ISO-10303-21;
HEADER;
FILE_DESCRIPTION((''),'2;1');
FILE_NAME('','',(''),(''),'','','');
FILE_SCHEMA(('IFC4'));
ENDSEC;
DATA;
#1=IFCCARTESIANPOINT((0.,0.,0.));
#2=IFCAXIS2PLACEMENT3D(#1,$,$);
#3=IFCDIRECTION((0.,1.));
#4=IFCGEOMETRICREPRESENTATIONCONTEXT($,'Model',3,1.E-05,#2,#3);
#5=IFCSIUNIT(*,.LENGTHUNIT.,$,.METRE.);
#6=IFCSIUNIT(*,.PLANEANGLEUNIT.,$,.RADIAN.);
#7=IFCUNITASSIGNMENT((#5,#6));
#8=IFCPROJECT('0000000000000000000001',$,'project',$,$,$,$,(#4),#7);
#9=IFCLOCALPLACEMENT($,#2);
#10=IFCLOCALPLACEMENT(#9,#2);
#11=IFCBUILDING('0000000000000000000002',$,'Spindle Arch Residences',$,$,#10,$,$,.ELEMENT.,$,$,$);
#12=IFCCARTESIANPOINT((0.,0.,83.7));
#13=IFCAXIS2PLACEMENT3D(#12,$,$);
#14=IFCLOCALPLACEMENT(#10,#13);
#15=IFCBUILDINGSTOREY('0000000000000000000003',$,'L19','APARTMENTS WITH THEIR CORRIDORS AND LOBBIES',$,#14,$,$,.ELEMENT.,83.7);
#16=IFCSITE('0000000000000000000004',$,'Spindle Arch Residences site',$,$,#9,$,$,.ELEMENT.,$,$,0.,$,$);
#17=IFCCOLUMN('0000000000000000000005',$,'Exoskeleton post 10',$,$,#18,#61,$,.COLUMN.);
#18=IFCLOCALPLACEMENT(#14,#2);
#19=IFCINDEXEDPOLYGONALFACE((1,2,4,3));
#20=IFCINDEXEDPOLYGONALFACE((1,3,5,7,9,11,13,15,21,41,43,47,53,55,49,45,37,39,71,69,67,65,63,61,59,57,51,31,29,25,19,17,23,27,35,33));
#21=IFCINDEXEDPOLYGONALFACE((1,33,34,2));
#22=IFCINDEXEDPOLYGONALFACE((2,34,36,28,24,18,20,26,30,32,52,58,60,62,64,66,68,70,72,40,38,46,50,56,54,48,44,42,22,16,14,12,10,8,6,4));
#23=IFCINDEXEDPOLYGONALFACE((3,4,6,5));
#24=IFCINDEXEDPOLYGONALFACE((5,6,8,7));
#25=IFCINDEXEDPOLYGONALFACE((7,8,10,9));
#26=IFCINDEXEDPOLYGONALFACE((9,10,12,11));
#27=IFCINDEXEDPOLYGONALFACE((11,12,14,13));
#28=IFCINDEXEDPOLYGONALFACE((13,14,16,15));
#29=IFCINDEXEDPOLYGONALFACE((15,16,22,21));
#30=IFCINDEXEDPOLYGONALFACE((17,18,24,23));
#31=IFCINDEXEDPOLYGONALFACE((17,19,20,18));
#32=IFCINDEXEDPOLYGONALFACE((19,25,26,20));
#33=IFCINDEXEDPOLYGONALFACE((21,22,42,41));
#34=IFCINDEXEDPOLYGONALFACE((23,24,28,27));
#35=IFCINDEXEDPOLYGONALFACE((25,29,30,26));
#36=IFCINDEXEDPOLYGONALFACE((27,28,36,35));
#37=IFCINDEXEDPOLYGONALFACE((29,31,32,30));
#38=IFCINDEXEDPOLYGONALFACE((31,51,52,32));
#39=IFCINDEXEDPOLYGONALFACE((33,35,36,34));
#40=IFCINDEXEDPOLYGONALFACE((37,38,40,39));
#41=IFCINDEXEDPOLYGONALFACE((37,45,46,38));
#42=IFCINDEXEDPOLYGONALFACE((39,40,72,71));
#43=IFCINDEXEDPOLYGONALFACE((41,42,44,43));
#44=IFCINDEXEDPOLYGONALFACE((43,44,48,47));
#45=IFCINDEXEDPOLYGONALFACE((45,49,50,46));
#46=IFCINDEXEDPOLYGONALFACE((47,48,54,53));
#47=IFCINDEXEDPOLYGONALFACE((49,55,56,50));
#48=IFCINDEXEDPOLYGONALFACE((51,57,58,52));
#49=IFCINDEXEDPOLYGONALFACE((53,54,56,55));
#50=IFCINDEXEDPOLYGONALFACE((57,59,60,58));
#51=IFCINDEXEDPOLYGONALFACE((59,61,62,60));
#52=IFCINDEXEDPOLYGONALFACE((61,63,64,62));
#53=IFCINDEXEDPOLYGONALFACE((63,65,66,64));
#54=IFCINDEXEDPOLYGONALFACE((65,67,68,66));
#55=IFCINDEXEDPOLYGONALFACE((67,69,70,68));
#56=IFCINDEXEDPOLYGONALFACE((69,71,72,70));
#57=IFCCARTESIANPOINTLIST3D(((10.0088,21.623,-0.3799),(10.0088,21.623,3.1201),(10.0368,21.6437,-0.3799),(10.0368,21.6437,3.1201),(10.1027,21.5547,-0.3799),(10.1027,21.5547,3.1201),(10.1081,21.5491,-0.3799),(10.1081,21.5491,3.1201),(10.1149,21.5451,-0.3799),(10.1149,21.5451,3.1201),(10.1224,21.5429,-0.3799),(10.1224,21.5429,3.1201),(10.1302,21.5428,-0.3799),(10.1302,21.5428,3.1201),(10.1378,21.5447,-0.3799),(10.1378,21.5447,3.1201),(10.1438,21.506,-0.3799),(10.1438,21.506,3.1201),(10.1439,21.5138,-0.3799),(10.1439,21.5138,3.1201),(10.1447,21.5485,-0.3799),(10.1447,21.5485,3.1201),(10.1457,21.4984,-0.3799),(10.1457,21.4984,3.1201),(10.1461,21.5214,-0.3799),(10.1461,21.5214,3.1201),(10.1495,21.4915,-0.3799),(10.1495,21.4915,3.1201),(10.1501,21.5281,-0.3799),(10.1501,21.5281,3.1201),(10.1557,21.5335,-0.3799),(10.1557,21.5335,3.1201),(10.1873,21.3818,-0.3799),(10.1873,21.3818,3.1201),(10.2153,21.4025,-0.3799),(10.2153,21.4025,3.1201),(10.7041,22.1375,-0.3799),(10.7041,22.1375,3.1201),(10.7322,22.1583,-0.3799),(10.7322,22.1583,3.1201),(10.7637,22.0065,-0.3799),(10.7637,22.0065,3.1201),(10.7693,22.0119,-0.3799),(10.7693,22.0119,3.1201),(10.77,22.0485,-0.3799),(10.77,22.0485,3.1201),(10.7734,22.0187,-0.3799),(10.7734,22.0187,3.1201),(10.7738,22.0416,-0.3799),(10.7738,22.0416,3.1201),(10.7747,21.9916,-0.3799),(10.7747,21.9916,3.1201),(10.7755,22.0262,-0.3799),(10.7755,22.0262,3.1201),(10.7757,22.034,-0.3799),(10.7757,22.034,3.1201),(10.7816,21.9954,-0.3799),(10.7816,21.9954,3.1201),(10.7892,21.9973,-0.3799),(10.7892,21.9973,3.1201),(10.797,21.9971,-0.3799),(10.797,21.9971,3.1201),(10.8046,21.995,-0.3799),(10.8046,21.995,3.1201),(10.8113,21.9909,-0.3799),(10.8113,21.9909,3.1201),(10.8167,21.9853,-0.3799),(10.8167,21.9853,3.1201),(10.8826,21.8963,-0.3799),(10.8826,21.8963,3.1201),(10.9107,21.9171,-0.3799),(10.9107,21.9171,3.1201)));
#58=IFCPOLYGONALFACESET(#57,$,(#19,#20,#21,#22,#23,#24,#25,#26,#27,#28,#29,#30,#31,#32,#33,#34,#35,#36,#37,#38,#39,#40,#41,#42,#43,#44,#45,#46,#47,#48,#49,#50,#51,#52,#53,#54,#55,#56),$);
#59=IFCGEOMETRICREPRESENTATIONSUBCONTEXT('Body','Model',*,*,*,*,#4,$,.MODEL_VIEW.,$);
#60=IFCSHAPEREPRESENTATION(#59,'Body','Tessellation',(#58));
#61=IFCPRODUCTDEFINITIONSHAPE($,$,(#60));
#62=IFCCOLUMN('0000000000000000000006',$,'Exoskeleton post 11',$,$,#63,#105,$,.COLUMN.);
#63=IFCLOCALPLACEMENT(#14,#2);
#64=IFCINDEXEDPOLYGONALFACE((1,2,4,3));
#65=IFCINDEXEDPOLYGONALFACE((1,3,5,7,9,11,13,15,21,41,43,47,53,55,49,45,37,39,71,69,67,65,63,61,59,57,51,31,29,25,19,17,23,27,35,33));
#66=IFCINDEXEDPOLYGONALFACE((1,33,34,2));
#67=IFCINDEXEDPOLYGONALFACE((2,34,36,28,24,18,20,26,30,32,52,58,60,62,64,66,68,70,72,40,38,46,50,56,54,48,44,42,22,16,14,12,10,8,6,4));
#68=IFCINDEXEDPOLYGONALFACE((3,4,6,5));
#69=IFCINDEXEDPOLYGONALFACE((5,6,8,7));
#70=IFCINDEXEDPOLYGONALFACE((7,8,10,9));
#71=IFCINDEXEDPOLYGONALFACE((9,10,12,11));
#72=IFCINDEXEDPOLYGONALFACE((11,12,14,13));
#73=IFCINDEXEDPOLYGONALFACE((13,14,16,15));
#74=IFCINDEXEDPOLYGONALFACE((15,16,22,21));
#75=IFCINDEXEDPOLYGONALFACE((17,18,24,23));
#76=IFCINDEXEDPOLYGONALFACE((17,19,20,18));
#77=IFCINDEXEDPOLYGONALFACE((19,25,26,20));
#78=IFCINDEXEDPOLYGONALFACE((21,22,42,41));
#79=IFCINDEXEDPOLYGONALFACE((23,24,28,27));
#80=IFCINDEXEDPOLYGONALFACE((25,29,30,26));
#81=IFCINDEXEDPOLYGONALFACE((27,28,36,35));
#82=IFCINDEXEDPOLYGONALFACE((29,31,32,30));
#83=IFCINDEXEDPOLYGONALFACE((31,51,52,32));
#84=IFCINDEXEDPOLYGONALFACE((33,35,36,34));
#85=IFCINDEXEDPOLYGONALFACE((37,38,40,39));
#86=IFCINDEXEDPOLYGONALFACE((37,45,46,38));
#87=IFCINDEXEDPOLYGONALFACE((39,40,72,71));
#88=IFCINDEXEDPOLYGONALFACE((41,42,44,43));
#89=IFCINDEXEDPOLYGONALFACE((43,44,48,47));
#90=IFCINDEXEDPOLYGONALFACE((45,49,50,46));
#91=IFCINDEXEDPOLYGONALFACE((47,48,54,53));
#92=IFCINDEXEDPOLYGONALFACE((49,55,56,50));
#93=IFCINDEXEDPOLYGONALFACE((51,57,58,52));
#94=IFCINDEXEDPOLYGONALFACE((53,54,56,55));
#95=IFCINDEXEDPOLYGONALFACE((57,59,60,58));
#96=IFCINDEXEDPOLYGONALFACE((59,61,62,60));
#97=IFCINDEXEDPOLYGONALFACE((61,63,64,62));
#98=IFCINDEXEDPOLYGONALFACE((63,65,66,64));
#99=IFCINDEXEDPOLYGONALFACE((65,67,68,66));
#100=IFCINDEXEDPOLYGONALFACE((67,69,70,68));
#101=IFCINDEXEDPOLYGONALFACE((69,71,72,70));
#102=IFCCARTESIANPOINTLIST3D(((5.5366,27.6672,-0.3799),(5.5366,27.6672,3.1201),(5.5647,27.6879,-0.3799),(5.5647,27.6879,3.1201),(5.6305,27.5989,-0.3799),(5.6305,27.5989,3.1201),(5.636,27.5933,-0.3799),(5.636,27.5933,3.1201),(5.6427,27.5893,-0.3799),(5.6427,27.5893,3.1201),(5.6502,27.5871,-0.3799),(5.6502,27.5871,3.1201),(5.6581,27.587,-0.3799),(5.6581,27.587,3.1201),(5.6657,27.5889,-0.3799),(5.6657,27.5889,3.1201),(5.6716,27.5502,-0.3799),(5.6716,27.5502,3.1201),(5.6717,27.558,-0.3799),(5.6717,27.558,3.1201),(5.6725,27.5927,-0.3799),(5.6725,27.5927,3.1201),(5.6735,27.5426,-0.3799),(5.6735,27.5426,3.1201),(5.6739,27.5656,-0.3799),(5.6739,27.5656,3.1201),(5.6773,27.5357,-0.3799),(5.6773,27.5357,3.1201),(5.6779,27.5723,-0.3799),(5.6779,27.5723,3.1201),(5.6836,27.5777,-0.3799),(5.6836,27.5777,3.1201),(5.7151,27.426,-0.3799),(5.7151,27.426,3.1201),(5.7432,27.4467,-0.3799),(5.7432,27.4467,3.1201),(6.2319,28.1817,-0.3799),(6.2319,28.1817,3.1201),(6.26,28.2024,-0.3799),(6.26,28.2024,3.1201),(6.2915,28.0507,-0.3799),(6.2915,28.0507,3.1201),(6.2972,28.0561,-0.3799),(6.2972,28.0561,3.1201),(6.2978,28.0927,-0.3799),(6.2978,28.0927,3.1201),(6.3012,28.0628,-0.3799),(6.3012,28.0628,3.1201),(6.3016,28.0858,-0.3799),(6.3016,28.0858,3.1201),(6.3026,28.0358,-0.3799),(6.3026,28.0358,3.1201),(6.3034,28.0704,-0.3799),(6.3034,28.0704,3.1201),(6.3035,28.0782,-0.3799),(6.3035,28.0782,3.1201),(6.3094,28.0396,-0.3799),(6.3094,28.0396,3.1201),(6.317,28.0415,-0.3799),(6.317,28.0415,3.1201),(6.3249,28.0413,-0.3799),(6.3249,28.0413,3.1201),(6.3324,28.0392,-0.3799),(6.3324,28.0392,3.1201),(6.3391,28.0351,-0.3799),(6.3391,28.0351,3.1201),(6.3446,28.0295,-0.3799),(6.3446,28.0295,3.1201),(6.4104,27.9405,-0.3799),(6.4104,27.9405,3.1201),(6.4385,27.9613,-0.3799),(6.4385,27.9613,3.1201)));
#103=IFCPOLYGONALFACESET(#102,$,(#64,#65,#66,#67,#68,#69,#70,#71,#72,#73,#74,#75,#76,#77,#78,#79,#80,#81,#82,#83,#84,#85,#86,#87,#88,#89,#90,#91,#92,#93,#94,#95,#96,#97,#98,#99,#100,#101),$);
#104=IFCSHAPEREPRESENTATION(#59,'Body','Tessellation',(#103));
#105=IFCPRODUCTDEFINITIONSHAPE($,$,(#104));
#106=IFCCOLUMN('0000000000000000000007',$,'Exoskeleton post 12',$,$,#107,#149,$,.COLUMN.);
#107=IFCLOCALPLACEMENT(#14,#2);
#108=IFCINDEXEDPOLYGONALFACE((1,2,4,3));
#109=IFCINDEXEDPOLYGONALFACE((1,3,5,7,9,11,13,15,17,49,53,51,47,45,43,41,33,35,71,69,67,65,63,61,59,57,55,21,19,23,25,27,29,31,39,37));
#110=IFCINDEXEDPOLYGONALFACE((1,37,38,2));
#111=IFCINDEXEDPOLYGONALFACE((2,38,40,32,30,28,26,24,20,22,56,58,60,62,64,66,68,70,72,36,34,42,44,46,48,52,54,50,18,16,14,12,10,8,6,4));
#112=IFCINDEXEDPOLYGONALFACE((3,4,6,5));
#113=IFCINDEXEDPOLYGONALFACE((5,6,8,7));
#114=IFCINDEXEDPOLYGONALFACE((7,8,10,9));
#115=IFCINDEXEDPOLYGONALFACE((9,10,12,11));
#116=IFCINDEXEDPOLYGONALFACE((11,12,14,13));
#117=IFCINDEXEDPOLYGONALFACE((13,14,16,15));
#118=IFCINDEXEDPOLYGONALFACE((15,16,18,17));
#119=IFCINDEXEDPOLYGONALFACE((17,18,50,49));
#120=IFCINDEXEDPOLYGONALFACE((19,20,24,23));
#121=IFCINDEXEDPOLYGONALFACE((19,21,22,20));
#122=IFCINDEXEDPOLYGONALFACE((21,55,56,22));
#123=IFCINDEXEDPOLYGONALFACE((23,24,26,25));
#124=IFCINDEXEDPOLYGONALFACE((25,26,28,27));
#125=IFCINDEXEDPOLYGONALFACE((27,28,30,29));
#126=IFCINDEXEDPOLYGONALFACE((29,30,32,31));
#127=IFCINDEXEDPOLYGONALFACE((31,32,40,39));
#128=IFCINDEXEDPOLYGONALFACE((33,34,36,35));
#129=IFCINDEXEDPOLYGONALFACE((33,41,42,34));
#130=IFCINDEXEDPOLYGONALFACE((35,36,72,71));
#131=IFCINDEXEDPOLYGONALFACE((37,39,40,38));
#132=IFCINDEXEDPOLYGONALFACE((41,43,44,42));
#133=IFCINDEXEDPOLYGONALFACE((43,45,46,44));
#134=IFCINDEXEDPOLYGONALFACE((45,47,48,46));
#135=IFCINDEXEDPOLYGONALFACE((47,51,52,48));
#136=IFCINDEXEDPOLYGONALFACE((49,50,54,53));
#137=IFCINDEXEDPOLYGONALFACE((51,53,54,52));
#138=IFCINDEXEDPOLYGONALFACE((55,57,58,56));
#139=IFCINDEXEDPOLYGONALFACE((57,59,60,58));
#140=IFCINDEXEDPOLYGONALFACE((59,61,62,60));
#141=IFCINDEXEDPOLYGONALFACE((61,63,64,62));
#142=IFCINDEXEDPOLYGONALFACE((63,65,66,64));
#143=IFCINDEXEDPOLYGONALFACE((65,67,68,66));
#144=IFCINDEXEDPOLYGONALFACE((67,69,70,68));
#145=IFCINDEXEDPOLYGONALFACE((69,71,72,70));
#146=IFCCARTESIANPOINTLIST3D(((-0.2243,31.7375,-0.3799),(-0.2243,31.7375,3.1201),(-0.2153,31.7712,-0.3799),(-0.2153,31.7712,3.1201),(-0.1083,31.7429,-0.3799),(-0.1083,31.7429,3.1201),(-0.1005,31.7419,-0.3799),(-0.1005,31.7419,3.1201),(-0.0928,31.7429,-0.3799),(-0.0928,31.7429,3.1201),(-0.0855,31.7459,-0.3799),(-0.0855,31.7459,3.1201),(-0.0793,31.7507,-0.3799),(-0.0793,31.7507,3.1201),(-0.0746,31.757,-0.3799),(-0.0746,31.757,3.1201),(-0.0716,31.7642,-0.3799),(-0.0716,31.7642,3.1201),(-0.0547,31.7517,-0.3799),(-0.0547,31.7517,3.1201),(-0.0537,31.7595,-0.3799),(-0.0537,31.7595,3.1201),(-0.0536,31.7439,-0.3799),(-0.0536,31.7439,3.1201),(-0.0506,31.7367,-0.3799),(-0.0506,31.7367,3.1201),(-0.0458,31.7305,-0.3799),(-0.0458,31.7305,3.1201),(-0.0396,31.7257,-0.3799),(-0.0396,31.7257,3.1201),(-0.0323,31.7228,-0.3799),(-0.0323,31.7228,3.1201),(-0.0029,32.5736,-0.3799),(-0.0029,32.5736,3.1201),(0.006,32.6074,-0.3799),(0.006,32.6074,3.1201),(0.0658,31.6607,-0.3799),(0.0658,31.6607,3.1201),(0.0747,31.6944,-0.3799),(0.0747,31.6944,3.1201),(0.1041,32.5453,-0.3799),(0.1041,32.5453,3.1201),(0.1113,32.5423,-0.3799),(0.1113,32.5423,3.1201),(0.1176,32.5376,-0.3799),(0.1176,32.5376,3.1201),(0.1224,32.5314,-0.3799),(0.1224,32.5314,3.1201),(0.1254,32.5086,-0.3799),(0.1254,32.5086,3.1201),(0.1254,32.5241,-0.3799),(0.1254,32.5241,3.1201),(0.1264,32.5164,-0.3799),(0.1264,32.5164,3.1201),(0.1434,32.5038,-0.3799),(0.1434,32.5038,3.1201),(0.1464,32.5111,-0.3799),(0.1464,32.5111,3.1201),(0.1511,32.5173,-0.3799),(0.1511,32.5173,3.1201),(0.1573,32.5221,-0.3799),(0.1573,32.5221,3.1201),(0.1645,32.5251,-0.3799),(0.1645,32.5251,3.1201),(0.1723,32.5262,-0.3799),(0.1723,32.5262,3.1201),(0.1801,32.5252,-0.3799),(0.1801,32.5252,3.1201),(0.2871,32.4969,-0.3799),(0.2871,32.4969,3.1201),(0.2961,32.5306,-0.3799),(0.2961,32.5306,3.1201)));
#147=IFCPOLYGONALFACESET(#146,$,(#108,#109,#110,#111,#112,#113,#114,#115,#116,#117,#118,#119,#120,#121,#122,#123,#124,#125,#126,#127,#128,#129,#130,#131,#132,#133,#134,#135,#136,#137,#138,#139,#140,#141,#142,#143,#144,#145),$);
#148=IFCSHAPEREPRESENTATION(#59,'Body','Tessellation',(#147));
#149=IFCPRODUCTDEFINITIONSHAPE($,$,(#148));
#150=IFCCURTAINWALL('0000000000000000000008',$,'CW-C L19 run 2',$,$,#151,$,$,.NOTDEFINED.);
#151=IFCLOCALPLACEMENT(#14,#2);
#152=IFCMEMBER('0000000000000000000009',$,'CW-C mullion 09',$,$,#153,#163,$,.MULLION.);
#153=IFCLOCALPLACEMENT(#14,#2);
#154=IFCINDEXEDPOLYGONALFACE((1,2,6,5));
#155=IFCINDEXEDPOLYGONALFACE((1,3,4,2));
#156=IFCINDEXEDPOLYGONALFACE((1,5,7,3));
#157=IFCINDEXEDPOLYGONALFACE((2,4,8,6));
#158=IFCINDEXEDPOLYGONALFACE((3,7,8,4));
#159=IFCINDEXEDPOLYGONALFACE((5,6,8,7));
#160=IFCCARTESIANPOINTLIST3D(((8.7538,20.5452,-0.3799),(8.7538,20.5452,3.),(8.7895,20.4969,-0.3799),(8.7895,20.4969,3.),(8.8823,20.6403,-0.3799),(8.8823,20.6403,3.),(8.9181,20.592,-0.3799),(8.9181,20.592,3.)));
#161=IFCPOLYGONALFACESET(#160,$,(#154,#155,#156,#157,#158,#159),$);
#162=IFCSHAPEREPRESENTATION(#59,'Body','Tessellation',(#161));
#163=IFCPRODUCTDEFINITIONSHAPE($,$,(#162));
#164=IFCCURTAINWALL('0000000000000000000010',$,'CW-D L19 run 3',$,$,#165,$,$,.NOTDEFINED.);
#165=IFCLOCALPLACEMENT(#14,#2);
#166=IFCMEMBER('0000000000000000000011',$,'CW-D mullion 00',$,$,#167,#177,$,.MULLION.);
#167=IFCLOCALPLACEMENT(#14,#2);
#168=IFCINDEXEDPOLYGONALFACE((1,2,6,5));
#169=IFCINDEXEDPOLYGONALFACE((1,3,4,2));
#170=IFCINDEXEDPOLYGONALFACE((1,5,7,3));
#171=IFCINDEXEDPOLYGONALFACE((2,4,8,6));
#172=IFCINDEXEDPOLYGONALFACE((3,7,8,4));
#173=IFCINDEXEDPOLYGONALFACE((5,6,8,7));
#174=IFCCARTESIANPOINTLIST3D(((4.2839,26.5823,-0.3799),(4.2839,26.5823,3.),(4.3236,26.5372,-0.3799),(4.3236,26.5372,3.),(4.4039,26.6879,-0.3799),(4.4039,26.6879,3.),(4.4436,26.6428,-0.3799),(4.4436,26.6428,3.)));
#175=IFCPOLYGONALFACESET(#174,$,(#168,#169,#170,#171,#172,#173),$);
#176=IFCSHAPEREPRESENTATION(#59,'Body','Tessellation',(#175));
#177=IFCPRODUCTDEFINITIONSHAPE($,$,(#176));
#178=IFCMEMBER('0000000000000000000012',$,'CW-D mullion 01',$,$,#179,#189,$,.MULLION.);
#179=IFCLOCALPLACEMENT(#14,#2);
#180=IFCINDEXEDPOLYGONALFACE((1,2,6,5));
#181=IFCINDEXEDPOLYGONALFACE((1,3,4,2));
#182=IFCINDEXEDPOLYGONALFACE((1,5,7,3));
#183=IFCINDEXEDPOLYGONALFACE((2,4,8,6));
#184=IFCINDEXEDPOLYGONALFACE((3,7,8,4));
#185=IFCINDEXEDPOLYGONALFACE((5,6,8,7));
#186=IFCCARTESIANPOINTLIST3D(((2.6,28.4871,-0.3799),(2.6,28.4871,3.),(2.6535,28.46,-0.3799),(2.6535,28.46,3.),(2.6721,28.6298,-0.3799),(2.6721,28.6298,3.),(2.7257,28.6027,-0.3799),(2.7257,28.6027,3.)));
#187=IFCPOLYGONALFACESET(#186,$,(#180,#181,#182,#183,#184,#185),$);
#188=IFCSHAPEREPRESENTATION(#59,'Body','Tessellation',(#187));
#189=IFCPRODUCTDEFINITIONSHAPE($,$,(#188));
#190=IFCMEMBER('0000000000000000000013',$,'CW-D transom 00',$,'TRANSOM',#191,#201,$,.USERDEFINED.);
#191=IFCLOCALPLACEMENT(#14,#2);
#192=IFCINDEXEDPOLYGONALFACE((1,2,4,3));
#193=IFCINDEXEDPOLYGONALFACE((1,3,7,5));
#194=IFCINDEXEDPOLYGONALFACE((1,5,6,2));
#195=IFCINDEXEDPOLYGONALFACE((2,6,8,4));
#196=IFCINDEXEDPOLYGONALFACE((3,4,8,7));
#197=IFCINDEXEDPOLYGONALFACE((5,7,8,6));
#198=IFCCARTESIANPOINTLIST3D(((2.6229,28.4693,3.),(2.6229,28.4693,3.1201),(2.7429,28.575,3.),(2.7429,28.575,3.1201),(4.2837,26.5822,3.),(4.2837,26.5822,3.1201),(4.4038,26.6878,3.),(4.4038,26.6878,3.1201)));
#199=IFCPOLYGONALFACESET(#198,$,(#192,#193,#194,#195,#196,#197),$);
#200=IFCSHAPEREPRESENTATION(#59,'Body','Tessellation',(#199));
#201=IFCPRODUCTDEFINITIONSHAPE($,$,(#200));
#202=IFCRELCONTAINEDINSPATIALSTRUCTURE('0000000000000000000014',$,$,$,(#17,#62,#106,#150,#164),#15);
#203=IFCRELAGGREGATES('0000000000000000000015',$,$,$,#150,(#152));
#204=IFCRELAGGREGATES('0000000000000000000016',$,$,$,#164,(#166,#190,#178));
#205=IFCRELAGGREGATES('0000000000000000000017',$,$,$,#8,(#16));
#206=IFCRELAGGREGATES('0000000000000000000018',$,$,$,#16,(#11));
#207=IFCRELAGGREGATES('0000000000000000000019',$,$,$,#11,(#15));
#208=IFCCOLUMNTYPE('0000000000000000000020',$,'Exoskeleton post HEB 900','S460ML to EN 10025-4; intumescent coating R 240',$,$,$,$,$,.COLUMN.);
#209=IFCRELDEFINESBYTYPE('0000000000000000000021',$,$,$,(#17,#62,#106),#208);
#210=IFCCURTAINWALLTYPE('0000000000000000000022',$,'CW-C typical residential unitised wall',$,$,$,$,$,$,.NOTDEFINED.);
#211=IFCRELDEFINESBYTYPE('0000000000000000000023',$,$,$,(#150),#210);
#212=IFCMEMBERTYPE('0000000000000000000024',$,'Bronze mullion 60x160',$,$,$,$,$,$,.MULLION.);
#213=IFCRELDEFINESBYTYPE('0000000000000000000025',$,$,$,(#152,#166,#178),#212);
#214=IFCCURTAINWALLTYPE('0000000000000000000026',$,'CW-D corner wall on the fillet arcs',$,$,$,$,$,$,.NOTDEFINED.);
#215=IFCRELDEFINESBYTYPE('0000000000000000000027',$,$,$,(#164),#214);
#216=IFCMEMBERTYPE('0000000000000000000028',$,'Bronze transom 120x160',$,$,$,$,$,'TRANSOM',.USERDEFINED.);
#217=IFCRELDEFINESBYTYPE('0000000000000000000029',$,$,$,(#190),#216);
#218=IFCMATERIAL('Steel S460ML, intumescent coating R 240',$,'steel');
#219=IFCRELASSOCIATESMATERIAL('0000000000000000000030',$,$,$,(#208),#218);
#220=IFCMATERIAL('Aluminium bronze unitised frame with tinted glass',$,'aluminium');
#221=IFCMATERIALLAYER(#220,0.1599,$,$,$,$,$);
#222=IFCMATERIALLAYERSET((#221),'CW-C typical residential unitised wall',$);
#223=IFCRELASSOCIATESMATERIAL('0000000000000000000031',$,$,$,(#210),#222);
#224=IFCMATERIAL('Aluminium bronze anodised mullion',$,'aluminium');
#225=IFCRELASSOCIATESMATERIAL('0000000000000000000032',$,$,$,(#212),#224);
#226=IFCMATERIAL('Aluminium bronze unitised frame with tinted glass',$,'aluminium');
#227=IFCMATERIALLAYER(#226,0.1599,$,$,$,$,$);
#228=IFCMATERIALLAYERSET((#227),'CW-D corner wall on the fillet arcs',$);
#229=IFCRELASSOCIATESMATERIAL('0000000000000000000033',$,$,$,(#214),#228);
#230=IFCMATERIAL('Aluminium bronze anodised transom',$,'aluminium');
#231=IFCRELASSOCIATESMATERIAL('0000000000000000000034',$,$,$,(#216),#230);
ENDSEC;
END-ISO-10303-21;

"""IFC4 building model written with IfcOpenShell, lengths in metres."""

from ifc_helpers import new_model, si_unit, direction, frame, origin, origin_2d, place, context, subcontext, project, spatial, rectangle, i_section, extrude, material, layer, layer_set, material_profile, profile_set, type_object, element, aggregate, save


model = new_model("IFC4")

# Units and contexts
model_context = context("Model", 3, precision=1e-05, world=origin(), true_north=direction((0.0, 1.0)))
body_context = subcontext(model_context, "Body", "Model", "MODEL_VIEW")
ifc_project = project(units=[si_unit("LENGTHUNIT", "METRE"), si_unit("PLANEANGLEUNIT", "RADIAN")], contexts=[model_context])

# Site, building, storey
site_placement = place(None, origin())
site = spatial("IfcSite", under=ifc_project, at=site_placement, Name="Spindle Arch Residences site", CompositionType="ELEMENT", RefElevation=0.0)
building_placement = place(site_placement, origin())
building = spatial("IfcBuilding", under=site, at=building_placement, Name="Spindle Arch Residences", CompositionType="ELEMENT")
storey_placement = place(building_placement, frame((0.0, 0.0, 83.7)))
storey = spatial("IfcBuildingStorey", under=building, at=storey_placement, Name="L19", Description="APARTMENTS WITH THEIR CORRIDORS AND LOBBIES", CompositionType="ELEMENT", Elevation=83.7)

# Columns
ifc_material_1 = material(Name="Steel S460ML, intumescent coating R 240", Category="steel")
ifc_material_profile_1 = material_profile(ifc_material_1, i_section(OverallWidth=0.3, OverallDepth=0.8999, WebThickness=0.0186, FlangeThickness=0.0349, FilletRadius=0.03, at=origin_2d()), Name="HEB 900")
ifc_profile_set_1 = profile_set([ifc_material_profile_1], Name="Steel S460ML, intumescent coating R 240")
column_type = type_object("IfcColumnType", Name="Exoskeleton post HEB 900", Description="S460ML to EN 10025-4; intumescent coating R 240", PredefinedType="COLUMN", material=ifc_profile_set_1)
for number, where, z_axis, x_axis, name in (
    (1, (10.4597, 21.77, -0.3799), (0.0, 0.0, 1.0), (0.594823, -0.803857, 0.0), "Exoskeleton post 10"),
    (2, (5.9875, 27.8142, -0.3799), (0.0, 0.0, 1.0), (0.594823, -0.803857, 0.0), "Exoskeleton post 11"),
    (3, (0.0359, 32.134, -0.3799), (0.0, 0.0, 1.0), (0.966705, -0.255894, 0.0), "Exoskeleton post 12"),
):
    element("IfcColumn", number, at=place(storey_placement, frame(where, z_axis=z_axis, x_axis=x_axis)), inside=storey, type_object=column_type, Name=name, PredefinedType="COLUMN", context=body_context, shape_type="SweptSolid", body=[
        extrude(i_section(OverallWidth=0.3, OverallDepth=0.8999, WebThickness=0.0186, FlangeThickness=0.0349, FilletRadius=0.03, at=origin_2d()), origin(), (0.0, 0.0, 1.0), 3.5),
    ])

# Curtain wall, member
ifc_material_2 = material(Name="Aluminium bronze unitised frame with tinted glass", Category="aluminium")
ifc_layer_1 = layer(ifc_material_2, 0.1599)
ifc_layer_set_1 = layer_set([ifc_layer_1], Name="CW-C typical residential unitised wall")
curtain_wall_type_1 = type_object("IfcCurtainWallType", Name="CW-C typical residential unitised wall", PredefinedType="NOTDEFINED", material=ifc_layer_set_1)
curtain_wall_1_placement = place(storey_placement, origin())
curtain_wall_1 = element("IfcCurtainWall", 4, at=curtain_wall_1_placement, inside=storey, type_object=curtain_wall_type_1, Name="CW-C L19 run 2", PredefinedType="NOTDEFINED")
ifc_material_3 = material(Name="Aluminium bronze anodised mullion", Category="aluminium")
ifc_material_profile_2 = material_profile(ifc_material_3, rectangle(XDim=0.1599, YDim=0.0601, at=origin_2d()), Name="MU 60x160")
ifc_profile_set_2 = profile_set([ifc_material_profile_2], Name="Aluminium bronze anodised mullion")
member_type_1 = type_object("IfcMemberType", Name="Bronze mullion 60x160", PredefinedType="MULLION", material=ifc_profile_set_2)
member_1_placement = place(storey_placement, frame((8.8359, 20.5686, -0.3799), z_axis=(0.0, 0.0, 1.0), x_axis=(-0.803857, -0.594823, 0.0)))
member_1 = element("IfcMember", 5, at=member_1_placement, type_object=member_type_1, Name="CW-C mullion 09", PredefinedType="MULLION", context=body_context, shape_type="SweptSolid", body=[
    extrude(rectangle(XDim=0.1599, YDim=0.0601, at=origin_2d()), origin(), (0.0, 0.0, 1.0), 3.3799),
])

# Curtain wall, members
ifc_material_4 = material(Name="Aluminium bronze unitised frame with tinted glass", Category="aluminium")
ifc_layer_2 = layer(ifc_material_4, 0.1599)
ifc_layer_set_2 = layer_set([ifc_layer_2], Name="CW-D corner wall on the fillet arcs")
curtain_wall_type_2 = type_object("IfcCurtainWallType", Name="CW-D corner wall on the fillet arcs", PredefinedType="NOTDEFINED", material=ifc_layer_set_2)
curtain_wall_2_placement = place(storey_placement, origin())
curtain_wall_2 = element("IfcCurtainWall", 6, at=curtain_wall_2_placement, inside=storey, type_object=curtain_wall_type_2, Name="CW-D L19 run 3", PredefinedType="NOTDEFINED")
member_2_placement = place(storey_placement, frame((4.3638, 26.6125, -0.3799), z_axis=(0.0, 0.0, 1.0), x_axis=(-0.750647, -0.660704, 0.0)))
member_2 = element("IfcMember", 7, at=member_2_placement, type_object=member_type_1, Name="CW-D mullion 00", PredefinedType="MULLION", context=body_context, shape_type="SweptSolid", body=[
    extrude(rectangle(XDim=0.1599, YDim=0.0601, at=origin_2d()), origin(), (0.0, 0.0, 1.0), 3.3799),
])
member_3_placement = place(storey_placement, frame((2.6628, 28.5449, -0.3799), z_axis=(0.0, 0.0, 1.0), x_axis=(-0.451397, -0.892323, 0.0)))
member_3 = element("IfcMember", 8, at=member_3_placement, type_object=member_type_1, Name="CW-D mullion 01", PredefinedType="MULLION", context=body_context, shape_type="SweptSolid", body=[
    extrude(rectangle(XDim=0.1599, YDim=0.0601, at=origin_2d()), origin(), (0.0, 0.0, 1.0), 3.3799),
])
ifc_material_5 = material(Name="Aluminium bronze anodised transom", Category="aluminium")
ifc_material_profile_3 = material_profile(ifc_material_5, rectangle(XDim=0.1599, YDim=0.1201, at=origin_2d()), Name="TR 120x160")
ifc_profile_set_3 = profile_set([ifc_material_profile_3], Name="Aluminium bronze anodised transom")
member_type_2 = type_object("IfcMemberType", Name="Bronze transom 120x160", ElementType="TRANSOM", PredefinedType="USERDEFINED", material=ifc_profile_set_3)
member_4_placement = place(storey_placement, frame((4.3438, 26.635, 3.0601), z_axis=(-0.660661, 0.750685, 0.0), x_axis=(-0.750685, -0.660661, 0.0)))
member_4 = element("IfcMember", 9, at=member_4_placement, type_object=member_type_2, Name="CW-D transom 00", ObjectType="TRANSOM", PredefinedType="USERDEFINED", context=body_context, shape_type="SweptSolid", body=[
    extrude(rectangle(XDim=0.1599, YDim=0.1201, at=origin_2d()), origin(), (0.0, 0.0, 1.0), 2.5139),
])

aggregate(curtain_wall_1, [member_1])
aggregate(curtain_wall_2, [member_2, member_4, member_3])

save(model, "model.ifc")
